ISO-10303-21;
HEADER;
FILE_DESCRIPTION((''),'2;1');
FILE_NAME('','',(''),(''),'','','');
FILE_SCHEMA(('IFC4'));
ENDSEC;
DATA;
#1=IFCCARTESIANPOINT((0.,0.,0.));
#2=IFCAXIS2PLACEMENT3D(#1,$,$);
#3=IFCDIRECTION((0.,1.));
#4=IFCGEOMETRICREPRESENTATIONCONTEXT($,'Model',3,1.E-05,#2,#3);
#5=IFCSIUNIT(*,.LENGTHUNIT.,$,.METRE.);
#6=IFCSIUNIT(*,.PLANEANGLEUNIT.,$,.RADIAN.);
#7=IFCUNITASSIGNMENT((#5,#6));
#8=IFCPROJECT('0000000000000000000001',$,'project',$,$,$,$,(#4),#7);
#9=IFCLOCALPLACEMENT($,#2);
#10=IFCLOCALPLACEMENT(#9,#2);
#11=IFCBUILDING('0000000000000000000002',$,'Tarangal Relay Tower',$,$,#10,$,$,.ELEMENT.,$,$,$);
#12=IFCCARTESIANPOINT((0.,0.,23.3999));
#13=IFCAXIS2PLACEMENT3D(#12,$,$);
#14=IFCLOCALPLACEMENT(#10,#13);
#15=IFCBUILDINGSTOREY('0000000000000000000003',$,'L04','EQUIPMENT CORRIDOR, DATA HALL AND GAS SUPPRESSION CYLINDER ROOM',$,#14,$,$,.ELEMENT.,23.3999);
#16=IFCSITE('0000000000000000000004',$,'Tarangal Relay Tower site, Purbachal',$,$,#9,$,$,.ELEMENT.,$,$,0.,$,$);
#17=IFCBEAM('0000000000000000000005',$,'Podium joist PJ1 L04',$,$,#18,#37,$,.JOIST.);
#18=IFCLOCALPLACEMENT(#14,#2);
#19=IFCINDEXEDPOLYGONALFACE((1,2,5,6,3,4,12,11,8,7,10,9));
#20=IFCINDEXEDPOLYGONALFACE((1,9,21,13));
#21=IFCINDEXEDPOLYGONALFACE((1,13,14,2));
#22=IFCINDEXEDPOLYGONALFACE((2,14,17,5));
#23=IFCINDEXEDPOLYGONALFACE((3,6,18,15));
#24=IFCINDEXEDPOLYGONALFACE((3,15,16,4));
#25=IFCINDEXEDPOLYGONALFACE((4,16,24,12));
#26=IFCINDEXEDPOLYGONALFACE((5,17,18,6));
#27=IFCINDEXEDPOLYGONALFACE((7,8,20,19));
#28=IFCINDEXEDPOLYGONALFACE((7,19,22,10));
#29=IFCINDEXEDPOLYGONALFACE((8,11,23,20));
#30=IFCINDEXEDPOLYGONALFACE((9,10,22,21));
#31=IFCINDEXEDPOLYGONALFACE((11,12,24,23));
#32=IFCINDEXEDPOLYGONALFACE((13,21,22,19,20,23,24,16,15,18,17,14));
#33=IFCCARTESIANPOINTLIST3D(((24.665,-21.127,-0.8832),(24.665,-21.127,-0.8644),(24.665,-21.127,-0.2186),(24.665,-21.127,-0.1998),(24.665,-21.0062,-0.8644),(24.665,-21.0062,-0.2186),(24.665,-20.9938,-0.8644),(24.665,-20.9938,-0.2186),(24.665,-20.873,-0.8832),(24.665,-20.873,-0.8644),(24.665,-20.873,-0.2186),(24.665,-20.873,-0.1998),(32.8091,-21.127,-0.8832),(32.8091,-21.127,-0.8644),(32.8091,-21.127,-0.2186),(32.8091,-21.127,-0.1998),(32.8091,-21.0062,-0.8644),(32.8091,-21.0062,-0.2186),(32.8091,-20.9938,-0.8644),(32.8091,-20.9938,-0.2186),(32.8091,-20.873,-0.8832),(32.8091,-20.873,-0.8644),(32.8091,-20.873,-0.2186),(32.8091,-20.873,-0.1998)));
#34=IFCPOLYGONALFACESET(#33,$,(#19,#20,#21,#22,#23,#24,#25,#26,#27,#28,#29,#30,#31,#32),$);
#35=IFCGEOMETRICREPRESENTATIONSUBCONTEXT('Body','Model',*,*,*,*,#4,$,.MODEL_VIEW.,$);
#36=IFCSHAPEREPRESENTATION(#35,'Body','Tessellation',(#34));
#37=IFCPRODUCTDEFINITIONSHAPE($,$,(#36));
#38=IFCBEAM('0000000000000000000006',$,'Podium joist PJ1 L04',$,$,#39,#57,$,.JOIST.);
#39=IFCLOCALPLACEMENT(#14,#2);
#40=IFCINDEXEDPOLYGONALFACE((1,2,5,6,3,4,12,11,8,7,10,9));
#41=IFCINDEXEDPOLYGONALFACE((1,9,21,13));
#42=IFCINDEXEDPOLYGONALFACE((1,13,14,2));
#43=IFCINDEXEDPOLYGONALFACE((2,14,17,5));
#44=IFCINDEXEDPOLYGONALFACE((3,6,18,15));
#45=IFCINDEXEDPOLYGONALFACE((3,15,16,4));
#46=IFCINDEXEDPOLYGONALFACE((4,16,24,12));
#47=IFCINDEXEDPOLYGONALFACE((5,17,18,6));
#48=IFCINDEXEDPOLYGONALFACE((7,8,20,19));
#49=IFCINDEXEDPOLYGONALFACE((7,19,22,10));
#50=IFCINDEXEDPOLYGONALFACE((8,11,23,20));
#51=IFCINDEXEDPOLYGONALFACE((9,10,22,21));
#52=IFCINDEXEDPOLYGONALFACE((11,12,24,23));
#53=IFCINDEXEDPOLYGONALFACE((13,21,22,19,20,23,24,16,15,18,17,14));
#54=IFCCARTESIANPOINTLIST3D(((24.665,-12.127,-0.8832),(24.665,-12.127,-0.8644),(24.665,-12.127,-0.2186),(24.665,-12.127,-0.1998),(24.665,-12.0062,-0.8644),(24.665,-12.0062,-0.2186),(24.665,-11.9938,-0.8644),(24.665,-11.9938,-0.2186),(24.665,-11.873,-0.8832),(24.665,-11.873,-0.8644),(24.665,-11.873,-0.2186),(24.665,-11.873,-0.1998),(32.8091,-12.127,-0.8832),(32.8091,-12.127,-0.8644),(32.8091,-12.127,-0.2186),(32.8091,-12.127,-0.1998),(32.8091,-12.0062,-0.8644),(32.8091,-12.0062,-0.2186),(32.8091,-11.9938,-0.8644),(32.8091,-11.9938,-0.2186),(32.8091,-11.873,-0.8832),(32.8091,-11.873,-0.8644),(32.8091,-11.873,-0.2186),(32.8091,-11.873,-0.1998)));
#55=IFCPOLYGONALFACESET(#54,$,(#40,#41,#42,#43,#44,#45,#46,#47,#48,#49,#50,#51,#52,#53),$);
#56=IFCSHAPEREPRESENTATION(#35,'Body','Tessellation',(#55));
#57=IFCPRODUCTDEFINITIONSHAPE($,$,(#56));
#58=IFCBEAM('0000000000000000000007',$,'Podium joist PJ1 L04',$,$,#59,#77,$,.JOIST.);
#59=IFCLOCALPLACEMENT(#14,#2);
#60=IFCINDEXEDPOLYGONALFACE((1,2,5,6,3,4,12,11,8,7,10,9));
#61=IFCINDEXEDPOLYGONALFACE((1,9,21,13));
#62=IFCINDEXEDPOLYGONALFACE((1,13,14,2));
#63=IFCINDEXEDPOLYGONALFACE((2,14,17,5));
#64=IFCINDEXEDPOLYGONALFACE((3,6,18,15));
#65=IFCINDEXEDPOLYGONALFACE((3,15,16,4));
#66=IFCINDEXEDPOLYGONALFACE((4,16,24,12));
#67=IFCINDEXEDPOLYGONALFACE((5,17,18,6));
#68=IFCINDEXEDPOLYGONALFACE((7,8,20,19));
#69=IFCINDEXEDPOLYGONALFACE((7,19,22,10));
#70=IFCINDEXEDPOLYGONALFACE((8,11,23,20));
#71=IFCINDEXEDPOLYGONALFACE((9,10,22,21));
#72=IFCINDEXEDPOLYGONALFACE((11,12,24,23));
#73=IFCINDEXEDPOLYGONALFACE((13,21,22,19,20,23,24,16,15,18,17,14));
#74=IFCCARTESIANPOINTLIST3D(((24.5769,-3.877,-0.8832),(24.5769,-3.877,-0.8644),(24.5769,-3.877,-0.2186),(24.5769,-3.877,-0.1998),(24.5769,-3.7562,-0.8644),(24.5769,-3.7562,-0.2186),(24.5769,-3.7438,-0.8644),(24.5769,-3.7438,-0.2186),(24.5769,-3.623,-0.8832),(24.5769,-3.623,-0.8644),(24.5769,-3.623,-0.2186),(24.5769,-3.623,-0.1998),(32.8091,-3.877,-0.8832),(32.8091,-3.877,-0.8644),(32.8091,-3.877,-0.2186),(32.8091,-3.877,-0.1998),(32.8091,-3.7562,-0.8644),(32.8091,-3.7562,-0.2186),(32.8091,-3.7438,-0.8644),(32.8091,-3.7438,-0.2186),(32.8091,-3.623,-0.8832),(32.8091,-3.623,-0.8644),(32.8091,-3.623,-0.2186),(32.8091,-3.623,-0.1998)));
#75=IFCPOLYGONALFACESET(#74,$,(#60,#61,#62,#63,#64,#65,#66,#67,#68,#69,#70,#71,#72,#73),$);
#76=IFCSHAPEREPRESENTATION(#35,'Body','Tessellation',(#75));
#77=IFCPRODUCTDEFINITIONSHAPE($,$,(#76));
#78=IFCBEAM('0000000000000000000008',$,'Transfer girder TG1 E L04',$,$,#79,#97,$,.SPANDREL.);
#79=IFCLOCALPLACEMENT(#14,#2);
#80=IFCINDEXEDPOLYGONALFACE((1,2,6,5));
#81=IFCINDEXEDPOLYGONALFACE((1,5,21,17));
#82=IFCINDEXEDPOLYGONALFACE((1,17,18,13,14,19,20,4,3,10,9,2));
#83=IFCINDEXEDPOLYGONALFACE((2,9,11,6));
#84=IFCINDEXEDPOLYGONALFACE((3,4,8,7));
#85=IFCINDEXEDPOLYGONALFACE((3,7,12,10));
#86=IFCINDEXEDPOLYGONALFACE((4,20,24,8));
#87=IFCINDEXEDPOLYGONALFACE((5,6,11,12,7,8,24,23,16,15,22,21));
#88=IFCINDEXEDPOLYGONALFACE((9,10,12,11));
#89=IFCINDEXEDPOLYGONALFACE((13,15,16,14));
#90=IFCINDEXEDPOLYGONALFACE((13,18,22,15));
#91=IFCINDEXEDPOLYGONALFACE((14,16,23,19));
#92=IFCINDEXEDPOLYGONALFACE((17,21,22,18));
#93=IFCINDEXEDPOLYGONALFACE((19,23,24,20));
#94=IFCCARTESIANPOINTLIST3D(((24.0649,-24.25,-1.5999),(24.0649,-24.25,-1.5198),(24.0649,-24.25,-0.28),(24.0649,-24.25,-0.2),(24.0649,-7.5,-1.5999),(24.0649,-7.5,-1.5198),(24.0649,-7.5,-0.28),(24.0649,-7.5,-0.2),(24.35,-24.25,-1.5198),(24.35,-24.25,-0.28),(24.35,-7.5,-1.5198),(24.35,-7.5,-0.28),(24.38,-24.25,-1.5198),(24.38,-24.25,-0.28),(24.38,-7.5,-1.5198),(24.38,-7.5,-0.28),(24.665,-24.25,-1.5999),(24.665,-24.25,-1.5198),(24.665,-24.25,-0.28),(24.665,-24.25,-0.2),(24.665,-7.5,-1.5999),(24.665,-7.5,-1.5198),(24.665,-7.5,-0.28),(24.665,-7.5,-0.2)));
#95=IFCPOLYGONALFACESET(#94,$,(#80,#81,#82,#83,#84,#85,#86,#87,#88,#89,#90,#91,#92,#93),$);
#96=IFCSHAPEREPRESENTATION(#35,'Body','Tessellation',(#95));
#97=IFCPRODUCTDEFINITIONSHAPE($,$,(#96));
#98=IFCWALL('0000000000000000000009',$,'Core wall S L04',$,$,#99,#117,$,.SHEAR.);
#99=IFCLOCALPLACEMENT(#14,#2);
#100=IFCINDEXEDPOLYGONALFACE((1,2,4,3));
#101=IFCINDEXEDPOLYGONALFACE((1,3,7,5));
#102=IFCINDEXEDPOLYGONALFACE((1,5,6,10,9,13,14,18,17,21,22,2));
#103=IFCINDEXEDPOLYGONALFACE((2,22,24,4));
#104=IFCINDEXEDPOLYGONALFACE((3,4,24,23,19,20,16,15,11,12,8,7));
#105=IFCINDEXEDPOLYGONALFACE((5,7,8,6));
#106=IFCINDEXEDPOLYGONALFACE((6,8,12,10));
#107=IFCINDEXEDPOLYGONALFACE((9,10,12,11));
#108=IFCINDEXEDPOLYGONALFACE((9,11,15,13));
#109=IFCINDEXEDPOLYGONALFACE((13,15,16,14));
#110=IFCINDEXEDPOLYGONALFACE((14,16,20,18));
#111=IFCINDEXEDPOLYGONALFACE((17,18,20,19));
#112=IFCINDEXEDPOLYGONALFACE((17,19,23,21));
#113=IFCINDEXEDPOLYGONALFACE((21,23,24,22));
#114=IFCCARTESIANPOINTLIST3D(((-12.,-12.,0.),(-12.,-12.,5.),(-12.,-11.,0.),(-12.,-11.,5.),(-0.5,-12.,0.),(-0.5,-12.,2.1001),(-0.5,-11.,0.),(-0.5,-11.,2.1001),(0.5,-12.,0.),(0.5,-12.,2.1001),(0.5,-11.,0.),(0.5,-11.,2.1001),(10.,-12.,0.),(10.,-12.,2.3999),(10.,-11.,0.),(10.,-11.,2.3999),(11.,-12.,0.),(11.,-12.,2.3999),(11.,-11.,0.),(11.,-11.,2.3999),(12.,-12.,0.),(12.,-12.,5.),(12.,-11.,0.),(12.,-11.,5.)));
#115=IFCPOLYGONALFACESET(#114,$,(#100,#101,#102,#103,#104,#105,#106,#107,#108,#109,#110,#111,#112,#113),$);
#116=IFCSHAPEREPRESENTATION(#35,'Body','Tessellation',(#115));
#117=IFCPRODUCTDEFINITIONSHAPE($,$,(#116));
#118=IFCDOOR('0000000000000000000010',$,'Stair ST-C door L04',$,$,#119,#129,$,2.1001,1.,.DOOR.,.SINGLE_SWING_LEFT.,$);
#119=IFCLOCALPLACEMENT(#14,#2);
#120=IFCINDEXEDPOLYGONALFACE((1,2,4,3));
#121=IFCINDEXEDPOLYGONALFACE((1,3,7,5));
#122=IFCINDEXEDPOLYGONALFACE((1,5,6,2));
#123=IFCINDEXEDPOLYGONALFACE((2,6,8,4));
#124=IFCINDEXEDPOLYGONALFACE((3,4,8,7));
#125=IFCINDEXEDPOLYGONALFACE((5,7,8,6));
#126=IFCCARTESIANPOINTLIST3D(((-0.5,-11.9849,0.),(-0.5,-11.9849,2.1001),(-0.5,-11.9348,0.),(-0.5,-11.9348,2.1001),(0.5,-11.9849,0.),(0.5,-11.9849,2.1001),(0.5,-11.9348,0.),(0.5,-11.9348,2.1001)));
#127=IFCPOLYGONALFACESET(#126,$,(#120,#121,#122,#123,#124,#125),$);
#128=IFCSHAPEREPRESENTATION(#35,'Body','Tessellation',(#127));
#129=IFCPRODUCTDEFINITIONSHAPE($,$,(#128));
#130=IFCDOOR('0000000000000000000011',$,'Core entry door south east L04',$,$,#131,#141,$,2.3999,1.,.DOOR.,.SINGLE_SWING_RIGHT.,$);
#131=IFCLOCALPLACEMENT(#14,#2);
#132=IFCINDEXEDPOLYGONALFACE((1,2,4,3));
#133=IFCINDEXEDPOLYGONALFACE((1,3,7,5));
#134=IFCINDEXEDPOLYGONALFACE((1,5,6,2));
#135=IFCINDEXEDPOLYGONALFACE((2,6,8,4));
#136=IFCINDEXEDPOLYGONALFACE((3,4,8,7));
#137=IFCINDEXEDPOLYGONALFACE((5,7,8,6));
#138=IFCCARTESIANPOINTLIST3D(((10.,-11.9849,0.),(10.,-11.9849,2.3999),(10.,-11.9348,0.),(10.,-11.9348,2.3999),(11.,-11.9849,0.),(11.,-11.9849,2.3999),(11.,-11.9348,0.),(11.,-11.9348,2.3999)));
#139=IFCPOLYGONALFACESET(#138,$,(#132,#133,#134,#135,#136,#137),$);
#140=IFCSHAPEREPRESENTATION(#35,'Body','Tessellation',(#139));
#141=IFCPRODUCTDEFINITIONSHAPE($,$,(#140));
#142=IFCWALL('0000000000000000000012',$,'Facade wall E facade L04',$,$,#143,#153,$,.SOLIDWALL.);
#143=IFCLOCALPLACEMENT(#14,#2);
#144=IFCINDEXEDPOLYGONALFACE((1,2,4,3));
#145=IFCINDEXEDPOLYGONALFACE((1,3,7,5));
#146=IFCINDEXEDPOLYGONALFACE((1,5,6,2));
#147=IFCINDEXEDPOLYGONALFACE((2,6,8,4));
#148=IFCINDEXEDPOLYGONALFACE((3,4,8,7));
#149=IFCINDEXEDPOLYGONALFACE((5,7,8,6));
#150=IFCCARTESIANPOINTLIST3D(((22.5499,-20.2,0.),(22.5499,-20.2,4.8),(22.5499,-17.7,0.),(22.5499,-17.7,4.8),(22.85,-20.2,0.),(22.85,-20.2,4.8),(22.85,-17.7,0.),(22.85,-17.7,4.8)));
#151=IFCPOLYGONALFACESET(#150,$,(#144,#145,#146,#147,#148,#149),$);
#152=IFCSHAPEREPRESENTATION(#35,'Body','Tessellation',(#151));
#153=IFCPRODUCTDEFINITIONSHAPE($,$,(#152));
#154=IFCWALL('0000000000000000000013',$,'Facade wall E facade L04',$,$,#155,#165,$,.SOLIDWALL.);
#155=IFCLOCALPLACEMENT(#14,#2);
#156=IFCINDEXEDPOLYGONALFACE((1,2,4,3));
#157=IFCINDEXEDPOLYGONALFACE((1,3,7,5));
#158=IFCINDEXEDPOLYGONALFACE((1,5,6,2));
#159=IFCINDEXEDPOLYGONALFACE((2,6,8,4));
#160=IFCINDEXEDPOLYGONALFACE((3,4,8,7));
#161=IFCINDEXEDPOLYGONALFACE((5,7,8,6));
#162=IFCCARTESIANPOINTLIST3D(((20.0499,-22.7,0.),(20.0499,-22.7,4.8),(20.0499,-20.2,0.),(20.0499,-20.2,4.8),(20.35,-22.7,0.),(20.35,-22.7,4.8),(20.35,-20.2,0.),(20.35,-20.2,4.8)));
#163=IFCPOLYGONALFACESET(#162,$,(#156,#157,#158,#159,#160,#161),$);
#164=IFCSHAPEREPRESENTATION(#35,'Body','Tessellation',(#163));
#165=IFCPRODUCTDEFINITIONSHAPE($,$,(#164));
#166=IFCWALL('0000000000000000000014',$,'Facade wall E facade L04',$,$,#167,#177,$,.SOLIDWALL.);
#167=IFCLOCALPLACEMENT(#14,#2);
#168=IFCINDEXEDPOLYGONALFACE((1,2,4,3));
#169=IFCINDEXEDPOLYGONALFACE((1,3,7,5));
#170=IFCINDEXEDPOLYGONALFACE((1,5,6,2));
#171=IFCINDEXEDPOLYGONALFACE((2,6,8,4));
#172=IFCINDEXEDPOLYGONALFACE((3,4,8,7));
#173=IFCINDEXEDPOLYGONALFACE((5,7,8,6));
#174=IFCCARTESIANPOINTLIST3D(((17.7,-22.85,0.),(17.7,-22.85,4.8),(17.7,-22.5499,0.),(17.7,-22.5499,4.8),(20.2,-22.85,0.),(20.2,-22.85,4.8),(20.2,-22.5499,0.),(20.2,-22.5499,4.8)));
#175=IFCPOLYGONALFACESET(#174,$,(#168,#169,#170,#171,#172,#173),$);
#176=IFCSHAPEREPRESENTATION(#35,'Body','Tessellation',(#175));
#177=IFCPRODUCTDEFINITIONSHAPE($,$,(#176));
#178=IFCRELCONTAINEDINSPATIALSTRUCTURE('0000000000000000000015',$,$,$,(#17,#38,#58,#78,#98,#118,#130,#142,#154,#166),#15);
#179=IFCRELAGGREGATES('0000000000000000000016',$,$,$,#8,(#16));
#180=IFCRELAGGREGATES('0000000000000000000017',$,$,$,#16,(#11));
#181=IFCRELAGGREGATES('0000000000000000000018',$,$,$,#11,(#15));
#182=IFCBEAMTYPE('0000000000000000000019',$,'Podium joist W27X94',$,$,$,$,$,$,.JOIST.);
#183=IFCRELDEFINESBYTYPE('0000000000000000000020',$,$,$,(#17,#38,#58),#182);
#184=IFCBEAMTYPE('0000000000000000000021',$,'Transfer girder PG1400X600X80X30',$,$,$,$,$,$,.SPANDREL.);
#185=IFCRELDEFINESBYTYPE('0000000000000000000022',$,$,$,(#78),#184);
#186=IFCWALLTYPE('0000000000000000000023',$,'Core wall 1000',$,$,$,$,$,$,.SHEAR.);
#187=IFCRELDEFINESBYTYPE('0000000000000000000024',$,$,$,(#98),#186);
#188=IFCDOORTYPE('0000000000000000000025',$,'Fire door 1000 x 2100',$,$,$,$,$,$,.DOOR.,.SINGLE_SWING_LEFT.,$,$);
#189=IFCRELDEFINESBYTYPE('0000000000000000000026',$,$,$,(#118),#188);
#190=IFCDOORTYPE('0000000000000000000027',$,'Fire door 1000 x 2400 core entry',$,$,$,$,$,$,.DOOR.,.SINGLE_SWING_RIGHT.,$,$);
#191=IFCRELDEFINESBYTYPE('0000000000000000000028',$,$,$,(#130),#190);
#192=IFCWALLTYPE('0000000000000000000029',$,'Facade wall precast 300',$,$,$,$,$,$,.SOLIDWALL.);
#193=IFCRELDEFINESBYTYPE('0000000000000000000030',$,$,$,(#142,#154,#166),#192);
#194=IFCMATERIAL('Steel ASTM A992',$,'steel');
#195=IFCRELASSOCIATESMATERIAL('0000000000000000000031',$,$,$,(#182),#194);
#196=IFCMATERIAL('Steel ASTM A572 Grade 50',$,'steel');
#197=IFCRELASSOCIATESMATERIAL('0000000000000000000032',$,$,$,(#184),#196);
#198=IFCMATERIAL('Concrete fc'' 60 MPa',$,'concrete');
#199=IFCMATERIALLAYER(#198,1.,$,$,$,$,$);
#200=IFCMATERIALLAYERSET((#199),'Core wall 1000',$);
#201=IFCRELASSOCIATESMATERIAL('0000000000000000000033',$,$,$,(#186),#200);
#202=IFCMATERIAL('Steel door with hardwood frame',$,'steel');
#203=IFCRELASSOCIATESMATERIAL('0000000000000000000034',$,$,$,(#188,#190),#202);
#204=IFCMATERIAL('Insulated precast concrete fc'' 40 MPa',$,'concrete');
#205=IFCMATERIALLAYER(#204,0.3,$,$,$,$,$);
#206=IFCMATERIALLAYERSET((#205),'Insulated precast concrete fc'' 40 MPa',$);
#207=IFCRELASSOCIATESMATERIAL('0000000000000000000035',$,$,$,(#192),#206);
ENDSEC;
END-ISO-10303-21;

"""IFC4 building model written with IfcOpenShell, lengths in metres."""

from ifc_helpers import new_model, si_unit, direction, frame, frame_2d, origin, origin_2d, place, context, subcontext, project, spatial, rectangle, i_section, extrude, material, layer, layer_set, material_profile, profile_set, type_object, element, fill, save


model = new_model("IFC4")

# Units and contexts
model_context = context("Model", 3, precision=1e-05, world=origin(), true_north=direction((0.0, 1.0)))
body_context = subcontext(model_context, "Body", "Model", "MODEL_VIEW")
ifc_project = project(units=[si_unit("LENGTHUNIT", "METRE"), si_unit("PLANEANGLEUNIT", "RADIAN")], contexts=[model_context])

# Site, building, storey
site_placement = place(None, origin())
site = spatial("IfcSite", under=ifc_project, at=site_placement, Name="Tarangal Relay Tower site, Purbachal", CompositionType="ELEMENT", RefElevation=0.0)
building_placement = place(site_placement, origin())
building = spatial("IfcBuilding", under=site, at=building_placement, Name="Tarangal Relay Tower", CompositionType="ELEMENT")
storey_placement = place(building_placement, frame((0.0, 0.0, 23.3999)))
storey = spatial("IfcBuildingStorey", under=building, at=storey_placement, Name="L04", Description="EQUIPMENT CORRIDOR, DATA HALL AND GAS SUPPRESSION CYLINDER ROOM", CompositionType="ELEMENT", Elevation=23.3999)

# Shared definitions
ifc_material_1 = material(Name="Steel ASTM A572 Grade 50", Category="steel")

# Beams
ifc_material_2 = material(Name="Steel ASTM A992", Category="steel")
ifc_material_profile_1 = material_profile(ifc_material_2, i_section(OverallWidth=0.2539, OverallDepth=0.6833, WebThickness=0.0125, FlangeThickness=0.0188, at=origin_2d()), Name="W27X94")
ifc_profile_set_1 = profile_set([ifc_material_profile_1], Name="Steel ASTM A992")
beam_type_1 = type_object("IfcBeamType", Name="Podium joist W27X94", PredefinedType="JOIST", material=ifc_profile_set_1)
for number, where, z_axis, x_axis, name in (
    (1, (24.665, -21.0, -0.5415), (1.0, 0.0, 0.0), (0.0, 1.0, 0.0), "Podium joist PJ1 L04"),
    (2, (24.665, -12.0, -0.5415), (1.0, 0.0, 0.0), (0.0, 1.0, 0.0), "Podium joist PJ1 L04"),
):
    element("IfcBeam", number, at=place(storey_placement, frame(where, z_axis=z_axis, x_axis=x_axis)), inside=storey, type_object=beam_type_1, Name=name, PredefinedType="JOIST", context=body_context, shape_type="SweptSolid", body=[
        extrude(i_section(OverallWidth=0.2539, OverallDepth=0.6833, WebThickness=0.0125, FlangeThickness=0.0188, at=origin_2d()), origin(), (0.0, 0.0, 1.0), 8.144),
    ])
beam_1_placement = place(storey_placement, frame((24.5769, -3.75, -0.5415), z_axis=(1.0, 0.0, 0.0), x_axis=(0.0, 1.0, 0.0)))
element("IfcBeam", 3, at=beam_1_placement, inside=storey, type_object=beam_type_1, Name="Podium joist PJ1 L04", PredefinedType="JOIST", context=body_context, shape_type="SweptSolid", body=[
    extrude(i_section(OverallWidth=0.2539, OverallDepth=0.6833, WebThickness=0.0125, FlangeThickness=0.0188, at=origin_2d()), origin(), (0.0, 0.0, 1.0), 8.2322),
])
ifc_material_profile_2 = material_profile(ifc_material_1, i_section(OverallWidth=0.6001, OverallDepth=1.3999, WebThickness=0.03, FlangeThickness=0.0801, at=origin_2d()), Name="PG1400X600X80X30")
ifc_profile_set_2 = profile_set([ifc_material_profile_2], Name="Steel ASTM A572 Grade 50")
beam_type_2 = type_object("IfcBeamType", Name="Transfer girder PG1400X600X80X30", PredefinedType="SPANDREL", material=ifc_profile_set_2)
beam_2_placement = place(storey_placement, frame((24.365, -7.5, -0.8999), z_axis=(0.0, -1.0, 0.0), x_axis=(1.0, 0.0, 0.0)))
element("IfcBeam", 4, at=beam_2_placement, inside=storey, type_object=beam_type_2, Name="Transfer girder TG1 E L04", PredefinedType="SPANDREL", context=body_context, shape_type="SweptSolid", body=[
    extrude(i_section(OverallWidth=0.6001, OverallDepth=1.3999, WebThickness=0.03, FlangeThickness=0.0801, at=origin_2d()), origin(), (0.0, 0.0, 1.0), 16.75),
])

# Wall, openings, doors
ifc_material_3 = material(Name="Concrete fc' 60 MPa", Category="concrete")
ifc_layer_1 = layer(ifc_material_3, 1.0)
ifc_layer_set_1 = layer_set([ifc_layer_1], Name="Core wall 1000")
wall_type_1 = type_object("IfcWallType", Name="Core wall 1000", PredefinedType="SHEAR", material=ifc_layer_set_1)
wall_1_placement = place(storey_placement, frame((12.0, -11.5, 0.0), z_axis=(0.0, 0.0, 1.0), x_axis=(-1.0, 0.0, 0.0)))
wall_1 = element("IfcWall", 5, at=wall_1_placement, inside=storey, type_object=wall_type_1, Name="Core wall S L04", PredefinedType="SHEAR", context=body_context, shape_type="SweptSolid", body=[
    extrude(rectangle(XDim=24.0, YDim=1.0, at=frame_2d((12.0, 0.0))), origin(), (0.0, 0.0, 1.0), 5.0),
])
opening_1_placement = place(wall_1_placement, frame((11.5, 0.0, 0.0)))
opening_1 = element("IfcOpeningElement", 6, at=opening_1_placement, cuts=wall_1, PredefinedType="OPENING", context=body_context, shape_type="SweptSolid", body=[
    extrude(rectangle(XDim=1.0, YDim=2.1001, at=frame_2d((0.5, 1.05))), frame((0.0, 0.51, 0.0), z_axis=(0.0, -1.0, 0.0), x_axis=(1.0, 0.0, 0.0)), (0.0, 0.0, 1.0), 1.02),
])
opening_2_placement = place(wall_1_placement, frame((1.0, 0.0, 0.0)))
opening_2 = element("IfcOpeningElement", 7, at=opening_2_placement, cuts=wall_1, PredefinedType="OPENING", context=body_context, shape_type="SweptSolid", body=[
    extrude(rectangle(XDim=1.0, YDim=2.3999, at=frame_2d((0.5, 1.2))), frame((0.0, 0.51, 0.0), z_axis=(0.0, -1.0, 0.0), x_axis=(1.0, 0.0, 0.0)), (0.0, 0.0, 1.0), 1.02),
])
ifc_material_4 = material(Name="Steel door with hardwood frame", Category="steel")
door_type_1 = type_object("IfcDoorType", Name="Fire door 1000 x 2100", OperationType="SINGLE_SWING_LEFT", PredefinedType="DOOR", material=ifc_material_4)
door_1_placement = place(opening_1_placement, origin())
door_1 = element("IfcDoor", 8, at=door_1_placement, inside=storey, type_object=door_type_1, Name="Stair ST-C door L04", OperationType="SINGLE_SWING_LEFT", OverallHeight=2.1001, OverallWidth=1.0, PredefinedType="DOOR", context=body_context, shape_type="SweptSolid", body=[
    extrude(rectangle(XDim=1.0, YDim=2.1001, at=frame_2d((0.5, 1.05))), frame((0.0, 0.4849, 0.0), z_axis=(0.0, -1.0, 0.0), x_axis=(1.0, 0.0, 0.0)), (0.0, 0.0, 1.0), 0.05),
])
fill(opening_1, door_1)
door_type_2 = type_object("IfcDoorType", Name="Fire door 1000 x 2400 core entry", OperationType="SINGLE_SWING_RIGHT", PredefinedType="DOOR", material=ifc_material_4)
door_2_placement = place(opening_2_placement, origin())
door_2 = element("IfcDoor", 9, at=door_2_placement, inside=storey, type_object=door_type_2, Name="Core entry door south east L04", OperationType="SINGLE_SWING_RIGHT", OverallHeight=2.3999, OverallWidth=1.0, PredefinedType="DOOR", context=body_context, shape_type="SweptSolid", body=[
    extrude(rectangle(XDim=1.0, YDim=2.3999, at=frame_2d((0.5, 1.2))), frame((0.0, 0.4849, 0.0), z_axis=(0.0, -1.0, 0.0), x_axis=(1.0, 0.0, 0.0)), (0.0, 0.0, 1.0), 0.05),
])
fill(opening_2, door_2)

# Wall
ifc_material_5 = material(Name="Insulated precast concrete fc' 40 MPa", Category="concrete")
ifc_layer_2 = layer(ifc_material_5, 0.3)
ifc_layer_set_2 = layer_set([ifc_layer_2], Name="Insulated precast concrete fc' 40 MPa")
wall_type_2 = type_object("IfcWallType", Name="Facade wall precast 300", PredefinedType="SOLIDWALL", material=ifc_layer_set_2)
wall_2_placement = place(storey_placement, frame((22.7, -17.7, 0.0), z_axis=(0.0, 0.0, 1.0), x_axis=(0.0, -1.0, 0.0)))
element("IfcWall", 10, at=wall_2_placement, inside=storey, type_object=wall_type_2, Name="Facade wall E facade L04", PredefinedType="SOLIDWALL", context=body_context, shape_type="SweptSolid", body=[
    extrude(rectangle(XDim=2.5, YDim=0.3, at=frame_2d((1.25, 0.0))), origin(), (0.0, 0.0, 1.0), 4.8),
])

# Walls
for number, where, z_axis, x_axis, name in (
    (11, (20.2, -20.2, 0.0), (0.0, 0.0, 1.0), (0.0, -1.0, 0.0), "Facade wall E facade L04"),
    (12, (20.2, -22.7, 0.0), (0.0, 0.0, 1.0), (-1.0, 0.0, 0.0), "Facade wall E facade L04"),
):
    element("IfcWall", number, at=place(storey_placement, frame(where, z_axis=z_axis, x_axis=x_axis)), inside=storey, type_object=wall_type_2, Name=name, PredefinedType="SOLIDWALL", context=body_context, shape_type="SweptSolid", body=[
        extrude(rectangle(XDim=2.5, YDim=0.3, at=frame_2d((1.25, 0.0))), origin(), (0.0, 0.0, 1.0), 4.8),
    ])

save(model, "model.ifc")
